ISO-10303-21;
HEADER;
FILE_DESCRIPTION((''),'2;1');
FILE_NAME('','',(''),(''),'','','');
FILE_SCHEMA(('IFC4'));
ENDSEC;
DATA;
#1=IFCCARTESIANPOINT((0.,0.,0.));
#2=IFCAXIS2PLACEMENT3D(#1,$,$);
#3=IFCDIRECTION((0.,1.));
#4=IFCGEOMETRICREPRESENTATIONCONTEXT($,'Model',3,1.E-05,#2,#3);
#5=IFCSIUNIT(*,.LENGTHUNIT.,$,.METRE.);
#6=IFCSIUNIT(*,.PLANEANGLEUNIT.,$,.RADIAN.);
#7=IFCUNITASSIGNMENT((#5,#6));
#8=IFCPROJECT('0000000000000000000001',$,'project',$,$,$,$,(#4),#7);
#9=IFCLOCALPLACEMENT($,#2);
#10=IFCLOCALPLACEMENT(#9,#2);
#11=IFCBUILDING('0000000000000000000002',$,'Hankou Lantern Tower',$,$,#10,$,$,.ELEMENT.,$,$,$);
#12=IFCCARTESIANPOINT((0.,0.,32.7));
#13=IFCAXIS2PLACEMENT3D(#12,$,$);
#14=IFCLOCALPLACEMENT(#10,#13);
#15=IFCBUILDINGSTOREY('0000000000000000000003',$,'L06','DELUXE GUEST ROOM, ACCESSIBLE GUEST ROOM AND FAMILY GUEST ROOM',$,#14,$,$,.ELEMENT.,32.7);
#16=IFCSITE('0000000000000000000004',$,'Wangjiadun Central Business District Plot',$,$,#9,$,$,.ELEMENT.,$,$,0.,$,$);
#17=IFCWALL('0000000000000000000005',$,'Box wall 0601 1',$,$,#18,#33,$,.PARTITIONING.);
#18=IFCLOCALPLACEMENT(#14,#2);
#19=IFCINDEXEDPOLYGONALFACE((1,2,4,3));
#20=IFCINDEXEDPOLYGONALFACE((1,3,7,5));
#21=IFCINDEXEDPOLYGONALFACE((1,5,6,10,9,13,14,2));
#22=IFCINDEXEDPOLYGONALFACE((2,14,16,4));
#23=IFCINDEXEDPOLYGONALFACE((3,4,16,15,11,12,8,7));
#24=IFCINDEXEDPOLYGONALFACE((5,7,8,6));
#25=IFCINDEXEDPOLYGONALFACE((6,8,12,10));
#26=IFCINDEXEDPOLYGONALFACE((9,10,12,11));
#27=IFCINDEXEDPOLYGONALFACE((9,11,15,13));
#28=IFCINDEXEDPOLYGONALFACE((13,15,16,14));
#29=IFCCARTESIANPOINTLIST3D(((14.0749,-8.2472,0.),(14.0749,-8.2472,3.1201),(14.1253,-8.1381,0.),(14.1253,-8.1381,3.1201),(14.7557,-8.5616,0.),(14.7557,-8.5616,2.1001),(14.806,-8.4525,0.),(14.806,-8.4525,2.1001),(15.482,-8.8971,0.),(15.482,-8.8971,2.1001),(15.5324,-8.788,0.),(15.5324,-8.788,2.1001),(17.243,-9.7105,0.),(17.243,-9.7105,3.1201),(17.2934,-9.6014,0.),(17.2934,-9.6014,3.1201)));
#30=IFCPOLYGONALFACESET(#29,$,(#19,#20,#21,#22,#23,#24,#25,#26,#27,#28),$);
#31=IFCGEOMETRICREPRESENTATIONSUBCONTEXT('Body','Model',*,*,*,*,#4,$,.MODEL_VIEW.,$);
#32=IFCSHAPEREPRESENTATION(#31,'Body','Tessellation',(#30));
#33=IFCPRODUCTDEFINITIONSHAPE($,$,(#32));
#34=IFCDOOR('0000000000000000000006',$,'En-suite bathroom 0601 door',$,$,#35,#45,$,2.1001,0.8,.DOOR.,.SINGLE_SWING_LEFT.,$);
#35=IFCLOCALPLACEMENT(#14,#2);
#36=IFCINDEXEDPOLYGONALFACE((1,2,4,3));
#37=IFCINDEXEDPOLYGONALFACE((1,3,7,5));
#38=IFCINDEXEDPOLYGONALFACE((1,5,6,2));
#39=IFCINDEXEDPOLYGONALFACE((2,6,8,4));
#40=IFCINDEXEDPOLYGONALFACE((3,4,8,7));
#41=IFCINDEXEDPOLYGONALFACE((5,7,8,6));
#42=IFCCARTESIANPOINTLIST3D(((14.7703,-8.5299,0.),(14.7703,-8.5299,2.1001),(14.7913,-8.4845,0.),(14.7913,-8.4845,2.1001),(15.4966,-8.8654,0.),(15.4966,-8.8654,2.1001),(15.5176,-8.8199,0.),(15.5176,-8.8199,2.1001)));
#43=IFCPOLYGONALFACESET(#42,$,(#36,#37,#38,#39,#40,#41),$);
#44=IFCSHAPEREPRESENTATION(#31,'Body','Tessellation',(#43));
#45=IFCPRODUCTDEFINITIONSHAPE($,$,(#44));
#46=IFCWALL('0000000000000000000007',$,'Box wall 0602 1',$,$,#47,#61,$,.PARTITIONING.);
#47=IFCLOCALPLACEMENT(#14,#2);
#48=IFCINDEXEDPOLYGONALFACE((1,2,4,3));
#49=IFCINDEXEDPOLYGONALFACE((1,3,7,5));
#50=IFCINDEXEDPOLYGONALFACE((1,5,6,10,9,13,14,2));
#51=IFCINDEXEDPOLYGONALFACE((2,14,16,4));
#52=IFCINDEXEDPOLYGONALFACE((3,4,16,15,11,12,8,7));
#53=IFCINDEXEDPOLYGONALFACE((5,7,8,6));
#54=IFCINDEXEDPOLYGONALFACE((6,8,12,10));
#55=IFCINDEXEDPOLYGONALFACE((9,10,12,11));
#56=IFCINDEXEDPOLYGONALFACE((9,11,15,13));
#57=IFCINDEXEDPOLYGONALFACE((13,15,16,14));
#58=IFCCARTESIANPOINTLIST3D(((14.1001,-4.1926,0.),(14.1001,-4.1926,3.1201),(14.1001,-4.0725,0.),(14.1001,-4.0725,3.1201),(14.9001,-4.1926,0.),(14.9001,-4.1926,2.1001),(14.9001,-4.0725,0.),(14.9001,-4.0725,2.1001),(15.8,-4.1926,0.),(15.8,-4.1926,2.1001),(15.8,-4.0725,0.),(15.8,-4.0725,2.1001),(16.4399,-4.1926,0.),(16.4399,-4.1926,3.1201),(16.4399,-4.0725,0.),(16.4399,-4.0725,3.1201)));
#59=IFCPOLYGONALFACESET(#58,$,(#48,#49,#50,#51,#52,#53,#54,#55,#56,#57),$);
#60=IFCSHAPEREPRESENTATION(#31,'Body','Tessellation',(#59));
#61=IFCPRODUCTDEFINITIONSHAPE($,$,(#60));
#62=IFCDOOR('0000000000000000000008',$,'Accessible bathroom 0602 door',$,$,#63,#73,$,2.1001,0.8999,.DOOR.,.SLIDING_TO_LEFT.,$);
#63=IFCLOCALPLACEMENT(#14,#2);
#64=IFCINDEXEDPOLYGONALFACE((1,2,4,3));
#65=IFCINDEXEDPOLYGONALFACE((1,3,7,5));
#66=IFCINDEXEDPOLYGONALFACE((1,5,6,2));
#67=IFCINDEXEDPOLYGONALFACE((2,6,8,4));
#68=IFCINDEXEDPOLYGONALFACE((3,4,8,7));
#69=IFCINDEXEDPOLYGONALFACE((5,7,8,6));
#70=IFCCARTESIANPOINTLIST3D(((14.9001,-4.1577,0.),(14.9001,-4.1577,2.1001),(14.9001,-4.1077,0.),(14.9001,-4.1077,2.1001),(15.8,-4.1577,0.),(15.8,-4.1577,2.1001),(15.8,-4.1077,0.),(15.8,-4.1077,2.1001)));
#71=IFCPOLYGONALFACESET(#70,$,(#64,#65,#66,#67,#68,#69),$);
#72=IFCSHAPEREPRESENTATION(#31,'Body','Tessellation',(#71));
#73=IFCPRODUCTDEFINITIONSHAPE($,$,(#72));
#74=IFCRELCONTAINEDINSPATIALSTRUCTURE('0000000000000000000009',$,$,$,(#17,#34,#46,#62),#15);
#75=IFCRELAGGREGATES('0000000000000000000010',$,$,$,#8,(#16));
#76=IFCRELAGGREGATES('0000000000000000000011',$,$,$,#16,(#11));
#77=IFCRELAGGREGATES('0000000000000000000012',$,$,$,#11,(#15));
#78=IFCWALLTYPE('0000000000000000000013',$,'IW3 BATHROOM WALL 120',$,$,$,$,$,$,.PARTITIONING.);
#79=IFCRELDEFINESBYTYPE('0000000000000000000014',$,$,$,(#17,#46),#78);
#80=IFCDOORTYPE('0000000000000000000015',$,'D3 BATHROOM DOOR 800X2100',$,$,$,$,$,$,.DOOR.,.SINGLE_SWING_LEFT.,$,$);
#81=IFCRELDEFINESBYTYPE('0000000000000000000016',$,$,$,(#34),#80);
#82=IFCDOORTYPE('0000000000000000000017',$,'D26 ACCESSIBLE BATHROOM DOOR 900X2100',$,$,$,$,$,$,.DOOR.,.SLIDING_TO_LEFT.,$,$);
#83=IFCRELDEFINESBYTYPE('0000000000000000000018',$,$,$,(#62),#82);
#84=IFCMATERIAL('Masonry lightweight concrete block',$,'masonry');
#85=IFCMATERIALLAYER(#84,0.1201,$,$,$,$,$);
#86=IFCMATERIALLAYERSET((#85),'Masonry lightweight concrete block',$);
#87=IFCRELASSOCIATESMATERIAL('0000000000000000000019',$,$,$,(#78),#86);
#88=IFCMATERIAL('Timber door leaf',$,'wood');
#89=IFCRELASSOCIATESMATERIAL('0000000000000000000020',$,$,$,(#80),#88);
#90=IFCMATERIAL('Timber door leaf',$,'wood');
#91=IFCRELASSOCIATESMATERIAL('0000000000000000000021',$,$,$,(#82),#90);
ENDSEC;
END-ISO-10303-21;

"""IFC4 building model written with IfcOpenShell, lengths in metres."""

from ifc_helpers import new_model, si_unit, direction, frame, frame_2d, origin, place, context, subcontext, project, spatial, rectangle, extrude, material, layer, layer_set, type_object, element, fill, save


model = new_model("IFC4")

# Units and contexts
model_context = context("Model", 3, precision=1e-05, world=origin(), true_north=direction((0.0, 1.0)))
body_context = subcontext(model_context, "Body", "Model", "MODEL_VIEW")
ifc_project = project(units=[si_unit("LENGTHUNIT", "METRE"), si_unit("PLANEANGLEUNIT", "RADIAN")], contexts=[model_context])

# Site, building, storey
site_placement = place(None, origin())
site = spatial("IfcSite", under=ifc_project, at=site_placement, Name="Wangjiadun Central Business District Plot", CompositionType="ELEMENT", RefElevation=0.0)
building_placement = place(site_placement, origin())
building = spatial("IfcBuilding", under=site, at=building_placement, Name="Hankou Lantern Tower", CompositionType="ELEMENT")
storey_placement = place(building_placement, frame((0.0, 0.0, 32.7)))
storey = spatial("IfcBuildingStorey", under=building, at=storey_placement, Name="L06", Description="DELUXE GUEST ROOM, ACCESSIBLE GUEST ROOM AND FAMILY GUEST ROOM", CompositionType="ELEMENT", Elevation=32.7)

# Walls, openings, doors
ifc_material_1 = material(Name="Masonry lightweight concrete block", Category="masonry")
ifc_layer_1 = layer(ifc_material_1, 0.1201)
ifc_layer_set_1 = layer_set([ifc_layer_1], Name="Masonry lightweight concrete block")
wall_type_1 = type_object("IfcWallType", Name="IW3 BATHROOM WALL 120", PredefinedType="PARTITIONING", material=ifc_layer_set_1)
wall_1_placement = place(storey_placement, frame((14.1001, -8.1926, 0.0), z_axis=(0.0, 0.0, 1.0), x_axis=(0.907836, -0.419324, 0.0)))
wall_1 = element("IfcWall", 1, at=wall_1_placement, inside=storey, type_object=wall_type_1, Name="Box wall 0601 1", PredefinedType="PARTITIONING", context=body_context, shape_type="SweptSolid", body=[
    extrude(rectangle(XDim=3.4897, YDim=0.1201, at=frame_2d((1.7449, 0.0))), origin(), (0.0, 0.0, 1.0), 3.1201),
])
opening_1_placement = place(wall_1_placement, frame((0.75, 0.0, 0.0)))
opening_1 = element("IfcOpeningElement", 2, at=opening_1_placement, cuts=wall_1, PredefinedType="OPENING", context=body_context, shape_type="SweptSolid", body=[
    extrude(rectangle(XDim=0.8, YDim=2.1001, at=frame_2d((0.3999, 1.05))), frame((0.0, 0.0701, 0.0), z_axis=(0.0, -1.0, 0.0), x_axis=(1.0, 0.0, 0.0)), (0.0, 0.0, 1.0), 0.1401),
])
ifc_material_2 = material(Name="Timber door leaf", Category="wood")
door_type_1 = type_object("IfcDoorType", Name="D3 BATHROOM DOOR 800X2100", OperationType="SINGLE_SWING_LEFT", PredefinedType="DOOR", material=ifc_material_2)
door_1_placement = place(opening_1_placement, origin())
door_1 = element("IfcDoor", 3, at=door_1_placement, inside=storey, type_object=door_type_1, Name="En-suite bathroom 0601 door", OperationType="SINGLE_SWING_LEFT", OverallHeight=2.1001, OverallWidth=0.8, PredefinedType="DOOR", context=body_context, shape_type="SweptSolid", body=[
    extrude(rectangle(XDim=0.8, YDim=2.1001, at=frame_2d((0.3999, 1.05))), frame((0.0, 0.0249, 0.0), z_axis=(0.0, -1.0, 0.0), x_axis=(1.0, 0.0, 0.0)), (0.0, 0.0, 1.0), 0.05),
])
fill(opening_1, door_1)
wall_2_placement = place(storey_placement, frame((14.1001, -4.1326, 0.0), z_axis=(0.0, 0.0, 1.0), x_axis=(1.0, 0.0, 0.0)))
wall_2 = element("IfcWall", 4, at=wall_2_placement, inside=storey, type_object=wall_type_1, Name="Box wall 0602 1", PredefinedType="PARTITIONING", context=body_context, shape_type="SweptSolid", body=[
    extrude(rectangle(XDim=2.3398, YDim=0.1201, at=frame_2d((1.1699, 0.0))), origin(), (0.0, 0.0, 1.0), 3.1201),
])
opening_2_placement = place(wall_2_placement, frame((0.8, 0.0, 0.0)))
opening_2 = element("IfcOpeningElement", 5, at=opening_2_placement, cuts=wall_2, PredefinedType="OPENING", context=body_context, shape_type="SweptSolid", body=[
    extrude(rectangle(XDim=0.8999, YDim=2.1001, at=frame_2d((0.45, 1.05))), frame((0.0, 0.0701, 0.0), z_axis=(0.0, -1.0, 0.0), x_axis=(1.0, 0.0, 0.0)), (0.0, 0.0, 1.0), 0.1401),
])
ifc_material_3 = material(Name="Timber door leaf", Category="wood")
door_type_2 = type_object("IfcDoorType", Name="D26 ACCESSIBLE BATHROOM DOOR 900X2100", OperationType="SLIDING_TO_LEFT", PredefinedType="DOOR", material=ifc_material_3)
door_2_placement = place(opening_2_placement, origin())
door_2 = element("IfcDoor", 6, at=door_2_placement, inside=storey, type_object=door_type_2, Name="Accessible bathroom 0602 door", OperationType="SLIDING_TO_LEFT", OverallHeight=2.1001, OverallWidth=0.8999, PredefinedType="DOOR", context=body_context, shape_type="SweptSolid", body=[
    extrude(rectangle(XDim=0.8999, YDim=2.1001, at=frame_2d((0.45, 1.05))), frame((0.0, 0.0249, 0.0), z_axis=(0.0, -1.0, 0.0), x_axis=(1.0, 0.0, 0.0)), (0.0, 0.0, 1.0), 0.05),
])
fill(opening_2, door_2)

save(model, "model.ifc")
